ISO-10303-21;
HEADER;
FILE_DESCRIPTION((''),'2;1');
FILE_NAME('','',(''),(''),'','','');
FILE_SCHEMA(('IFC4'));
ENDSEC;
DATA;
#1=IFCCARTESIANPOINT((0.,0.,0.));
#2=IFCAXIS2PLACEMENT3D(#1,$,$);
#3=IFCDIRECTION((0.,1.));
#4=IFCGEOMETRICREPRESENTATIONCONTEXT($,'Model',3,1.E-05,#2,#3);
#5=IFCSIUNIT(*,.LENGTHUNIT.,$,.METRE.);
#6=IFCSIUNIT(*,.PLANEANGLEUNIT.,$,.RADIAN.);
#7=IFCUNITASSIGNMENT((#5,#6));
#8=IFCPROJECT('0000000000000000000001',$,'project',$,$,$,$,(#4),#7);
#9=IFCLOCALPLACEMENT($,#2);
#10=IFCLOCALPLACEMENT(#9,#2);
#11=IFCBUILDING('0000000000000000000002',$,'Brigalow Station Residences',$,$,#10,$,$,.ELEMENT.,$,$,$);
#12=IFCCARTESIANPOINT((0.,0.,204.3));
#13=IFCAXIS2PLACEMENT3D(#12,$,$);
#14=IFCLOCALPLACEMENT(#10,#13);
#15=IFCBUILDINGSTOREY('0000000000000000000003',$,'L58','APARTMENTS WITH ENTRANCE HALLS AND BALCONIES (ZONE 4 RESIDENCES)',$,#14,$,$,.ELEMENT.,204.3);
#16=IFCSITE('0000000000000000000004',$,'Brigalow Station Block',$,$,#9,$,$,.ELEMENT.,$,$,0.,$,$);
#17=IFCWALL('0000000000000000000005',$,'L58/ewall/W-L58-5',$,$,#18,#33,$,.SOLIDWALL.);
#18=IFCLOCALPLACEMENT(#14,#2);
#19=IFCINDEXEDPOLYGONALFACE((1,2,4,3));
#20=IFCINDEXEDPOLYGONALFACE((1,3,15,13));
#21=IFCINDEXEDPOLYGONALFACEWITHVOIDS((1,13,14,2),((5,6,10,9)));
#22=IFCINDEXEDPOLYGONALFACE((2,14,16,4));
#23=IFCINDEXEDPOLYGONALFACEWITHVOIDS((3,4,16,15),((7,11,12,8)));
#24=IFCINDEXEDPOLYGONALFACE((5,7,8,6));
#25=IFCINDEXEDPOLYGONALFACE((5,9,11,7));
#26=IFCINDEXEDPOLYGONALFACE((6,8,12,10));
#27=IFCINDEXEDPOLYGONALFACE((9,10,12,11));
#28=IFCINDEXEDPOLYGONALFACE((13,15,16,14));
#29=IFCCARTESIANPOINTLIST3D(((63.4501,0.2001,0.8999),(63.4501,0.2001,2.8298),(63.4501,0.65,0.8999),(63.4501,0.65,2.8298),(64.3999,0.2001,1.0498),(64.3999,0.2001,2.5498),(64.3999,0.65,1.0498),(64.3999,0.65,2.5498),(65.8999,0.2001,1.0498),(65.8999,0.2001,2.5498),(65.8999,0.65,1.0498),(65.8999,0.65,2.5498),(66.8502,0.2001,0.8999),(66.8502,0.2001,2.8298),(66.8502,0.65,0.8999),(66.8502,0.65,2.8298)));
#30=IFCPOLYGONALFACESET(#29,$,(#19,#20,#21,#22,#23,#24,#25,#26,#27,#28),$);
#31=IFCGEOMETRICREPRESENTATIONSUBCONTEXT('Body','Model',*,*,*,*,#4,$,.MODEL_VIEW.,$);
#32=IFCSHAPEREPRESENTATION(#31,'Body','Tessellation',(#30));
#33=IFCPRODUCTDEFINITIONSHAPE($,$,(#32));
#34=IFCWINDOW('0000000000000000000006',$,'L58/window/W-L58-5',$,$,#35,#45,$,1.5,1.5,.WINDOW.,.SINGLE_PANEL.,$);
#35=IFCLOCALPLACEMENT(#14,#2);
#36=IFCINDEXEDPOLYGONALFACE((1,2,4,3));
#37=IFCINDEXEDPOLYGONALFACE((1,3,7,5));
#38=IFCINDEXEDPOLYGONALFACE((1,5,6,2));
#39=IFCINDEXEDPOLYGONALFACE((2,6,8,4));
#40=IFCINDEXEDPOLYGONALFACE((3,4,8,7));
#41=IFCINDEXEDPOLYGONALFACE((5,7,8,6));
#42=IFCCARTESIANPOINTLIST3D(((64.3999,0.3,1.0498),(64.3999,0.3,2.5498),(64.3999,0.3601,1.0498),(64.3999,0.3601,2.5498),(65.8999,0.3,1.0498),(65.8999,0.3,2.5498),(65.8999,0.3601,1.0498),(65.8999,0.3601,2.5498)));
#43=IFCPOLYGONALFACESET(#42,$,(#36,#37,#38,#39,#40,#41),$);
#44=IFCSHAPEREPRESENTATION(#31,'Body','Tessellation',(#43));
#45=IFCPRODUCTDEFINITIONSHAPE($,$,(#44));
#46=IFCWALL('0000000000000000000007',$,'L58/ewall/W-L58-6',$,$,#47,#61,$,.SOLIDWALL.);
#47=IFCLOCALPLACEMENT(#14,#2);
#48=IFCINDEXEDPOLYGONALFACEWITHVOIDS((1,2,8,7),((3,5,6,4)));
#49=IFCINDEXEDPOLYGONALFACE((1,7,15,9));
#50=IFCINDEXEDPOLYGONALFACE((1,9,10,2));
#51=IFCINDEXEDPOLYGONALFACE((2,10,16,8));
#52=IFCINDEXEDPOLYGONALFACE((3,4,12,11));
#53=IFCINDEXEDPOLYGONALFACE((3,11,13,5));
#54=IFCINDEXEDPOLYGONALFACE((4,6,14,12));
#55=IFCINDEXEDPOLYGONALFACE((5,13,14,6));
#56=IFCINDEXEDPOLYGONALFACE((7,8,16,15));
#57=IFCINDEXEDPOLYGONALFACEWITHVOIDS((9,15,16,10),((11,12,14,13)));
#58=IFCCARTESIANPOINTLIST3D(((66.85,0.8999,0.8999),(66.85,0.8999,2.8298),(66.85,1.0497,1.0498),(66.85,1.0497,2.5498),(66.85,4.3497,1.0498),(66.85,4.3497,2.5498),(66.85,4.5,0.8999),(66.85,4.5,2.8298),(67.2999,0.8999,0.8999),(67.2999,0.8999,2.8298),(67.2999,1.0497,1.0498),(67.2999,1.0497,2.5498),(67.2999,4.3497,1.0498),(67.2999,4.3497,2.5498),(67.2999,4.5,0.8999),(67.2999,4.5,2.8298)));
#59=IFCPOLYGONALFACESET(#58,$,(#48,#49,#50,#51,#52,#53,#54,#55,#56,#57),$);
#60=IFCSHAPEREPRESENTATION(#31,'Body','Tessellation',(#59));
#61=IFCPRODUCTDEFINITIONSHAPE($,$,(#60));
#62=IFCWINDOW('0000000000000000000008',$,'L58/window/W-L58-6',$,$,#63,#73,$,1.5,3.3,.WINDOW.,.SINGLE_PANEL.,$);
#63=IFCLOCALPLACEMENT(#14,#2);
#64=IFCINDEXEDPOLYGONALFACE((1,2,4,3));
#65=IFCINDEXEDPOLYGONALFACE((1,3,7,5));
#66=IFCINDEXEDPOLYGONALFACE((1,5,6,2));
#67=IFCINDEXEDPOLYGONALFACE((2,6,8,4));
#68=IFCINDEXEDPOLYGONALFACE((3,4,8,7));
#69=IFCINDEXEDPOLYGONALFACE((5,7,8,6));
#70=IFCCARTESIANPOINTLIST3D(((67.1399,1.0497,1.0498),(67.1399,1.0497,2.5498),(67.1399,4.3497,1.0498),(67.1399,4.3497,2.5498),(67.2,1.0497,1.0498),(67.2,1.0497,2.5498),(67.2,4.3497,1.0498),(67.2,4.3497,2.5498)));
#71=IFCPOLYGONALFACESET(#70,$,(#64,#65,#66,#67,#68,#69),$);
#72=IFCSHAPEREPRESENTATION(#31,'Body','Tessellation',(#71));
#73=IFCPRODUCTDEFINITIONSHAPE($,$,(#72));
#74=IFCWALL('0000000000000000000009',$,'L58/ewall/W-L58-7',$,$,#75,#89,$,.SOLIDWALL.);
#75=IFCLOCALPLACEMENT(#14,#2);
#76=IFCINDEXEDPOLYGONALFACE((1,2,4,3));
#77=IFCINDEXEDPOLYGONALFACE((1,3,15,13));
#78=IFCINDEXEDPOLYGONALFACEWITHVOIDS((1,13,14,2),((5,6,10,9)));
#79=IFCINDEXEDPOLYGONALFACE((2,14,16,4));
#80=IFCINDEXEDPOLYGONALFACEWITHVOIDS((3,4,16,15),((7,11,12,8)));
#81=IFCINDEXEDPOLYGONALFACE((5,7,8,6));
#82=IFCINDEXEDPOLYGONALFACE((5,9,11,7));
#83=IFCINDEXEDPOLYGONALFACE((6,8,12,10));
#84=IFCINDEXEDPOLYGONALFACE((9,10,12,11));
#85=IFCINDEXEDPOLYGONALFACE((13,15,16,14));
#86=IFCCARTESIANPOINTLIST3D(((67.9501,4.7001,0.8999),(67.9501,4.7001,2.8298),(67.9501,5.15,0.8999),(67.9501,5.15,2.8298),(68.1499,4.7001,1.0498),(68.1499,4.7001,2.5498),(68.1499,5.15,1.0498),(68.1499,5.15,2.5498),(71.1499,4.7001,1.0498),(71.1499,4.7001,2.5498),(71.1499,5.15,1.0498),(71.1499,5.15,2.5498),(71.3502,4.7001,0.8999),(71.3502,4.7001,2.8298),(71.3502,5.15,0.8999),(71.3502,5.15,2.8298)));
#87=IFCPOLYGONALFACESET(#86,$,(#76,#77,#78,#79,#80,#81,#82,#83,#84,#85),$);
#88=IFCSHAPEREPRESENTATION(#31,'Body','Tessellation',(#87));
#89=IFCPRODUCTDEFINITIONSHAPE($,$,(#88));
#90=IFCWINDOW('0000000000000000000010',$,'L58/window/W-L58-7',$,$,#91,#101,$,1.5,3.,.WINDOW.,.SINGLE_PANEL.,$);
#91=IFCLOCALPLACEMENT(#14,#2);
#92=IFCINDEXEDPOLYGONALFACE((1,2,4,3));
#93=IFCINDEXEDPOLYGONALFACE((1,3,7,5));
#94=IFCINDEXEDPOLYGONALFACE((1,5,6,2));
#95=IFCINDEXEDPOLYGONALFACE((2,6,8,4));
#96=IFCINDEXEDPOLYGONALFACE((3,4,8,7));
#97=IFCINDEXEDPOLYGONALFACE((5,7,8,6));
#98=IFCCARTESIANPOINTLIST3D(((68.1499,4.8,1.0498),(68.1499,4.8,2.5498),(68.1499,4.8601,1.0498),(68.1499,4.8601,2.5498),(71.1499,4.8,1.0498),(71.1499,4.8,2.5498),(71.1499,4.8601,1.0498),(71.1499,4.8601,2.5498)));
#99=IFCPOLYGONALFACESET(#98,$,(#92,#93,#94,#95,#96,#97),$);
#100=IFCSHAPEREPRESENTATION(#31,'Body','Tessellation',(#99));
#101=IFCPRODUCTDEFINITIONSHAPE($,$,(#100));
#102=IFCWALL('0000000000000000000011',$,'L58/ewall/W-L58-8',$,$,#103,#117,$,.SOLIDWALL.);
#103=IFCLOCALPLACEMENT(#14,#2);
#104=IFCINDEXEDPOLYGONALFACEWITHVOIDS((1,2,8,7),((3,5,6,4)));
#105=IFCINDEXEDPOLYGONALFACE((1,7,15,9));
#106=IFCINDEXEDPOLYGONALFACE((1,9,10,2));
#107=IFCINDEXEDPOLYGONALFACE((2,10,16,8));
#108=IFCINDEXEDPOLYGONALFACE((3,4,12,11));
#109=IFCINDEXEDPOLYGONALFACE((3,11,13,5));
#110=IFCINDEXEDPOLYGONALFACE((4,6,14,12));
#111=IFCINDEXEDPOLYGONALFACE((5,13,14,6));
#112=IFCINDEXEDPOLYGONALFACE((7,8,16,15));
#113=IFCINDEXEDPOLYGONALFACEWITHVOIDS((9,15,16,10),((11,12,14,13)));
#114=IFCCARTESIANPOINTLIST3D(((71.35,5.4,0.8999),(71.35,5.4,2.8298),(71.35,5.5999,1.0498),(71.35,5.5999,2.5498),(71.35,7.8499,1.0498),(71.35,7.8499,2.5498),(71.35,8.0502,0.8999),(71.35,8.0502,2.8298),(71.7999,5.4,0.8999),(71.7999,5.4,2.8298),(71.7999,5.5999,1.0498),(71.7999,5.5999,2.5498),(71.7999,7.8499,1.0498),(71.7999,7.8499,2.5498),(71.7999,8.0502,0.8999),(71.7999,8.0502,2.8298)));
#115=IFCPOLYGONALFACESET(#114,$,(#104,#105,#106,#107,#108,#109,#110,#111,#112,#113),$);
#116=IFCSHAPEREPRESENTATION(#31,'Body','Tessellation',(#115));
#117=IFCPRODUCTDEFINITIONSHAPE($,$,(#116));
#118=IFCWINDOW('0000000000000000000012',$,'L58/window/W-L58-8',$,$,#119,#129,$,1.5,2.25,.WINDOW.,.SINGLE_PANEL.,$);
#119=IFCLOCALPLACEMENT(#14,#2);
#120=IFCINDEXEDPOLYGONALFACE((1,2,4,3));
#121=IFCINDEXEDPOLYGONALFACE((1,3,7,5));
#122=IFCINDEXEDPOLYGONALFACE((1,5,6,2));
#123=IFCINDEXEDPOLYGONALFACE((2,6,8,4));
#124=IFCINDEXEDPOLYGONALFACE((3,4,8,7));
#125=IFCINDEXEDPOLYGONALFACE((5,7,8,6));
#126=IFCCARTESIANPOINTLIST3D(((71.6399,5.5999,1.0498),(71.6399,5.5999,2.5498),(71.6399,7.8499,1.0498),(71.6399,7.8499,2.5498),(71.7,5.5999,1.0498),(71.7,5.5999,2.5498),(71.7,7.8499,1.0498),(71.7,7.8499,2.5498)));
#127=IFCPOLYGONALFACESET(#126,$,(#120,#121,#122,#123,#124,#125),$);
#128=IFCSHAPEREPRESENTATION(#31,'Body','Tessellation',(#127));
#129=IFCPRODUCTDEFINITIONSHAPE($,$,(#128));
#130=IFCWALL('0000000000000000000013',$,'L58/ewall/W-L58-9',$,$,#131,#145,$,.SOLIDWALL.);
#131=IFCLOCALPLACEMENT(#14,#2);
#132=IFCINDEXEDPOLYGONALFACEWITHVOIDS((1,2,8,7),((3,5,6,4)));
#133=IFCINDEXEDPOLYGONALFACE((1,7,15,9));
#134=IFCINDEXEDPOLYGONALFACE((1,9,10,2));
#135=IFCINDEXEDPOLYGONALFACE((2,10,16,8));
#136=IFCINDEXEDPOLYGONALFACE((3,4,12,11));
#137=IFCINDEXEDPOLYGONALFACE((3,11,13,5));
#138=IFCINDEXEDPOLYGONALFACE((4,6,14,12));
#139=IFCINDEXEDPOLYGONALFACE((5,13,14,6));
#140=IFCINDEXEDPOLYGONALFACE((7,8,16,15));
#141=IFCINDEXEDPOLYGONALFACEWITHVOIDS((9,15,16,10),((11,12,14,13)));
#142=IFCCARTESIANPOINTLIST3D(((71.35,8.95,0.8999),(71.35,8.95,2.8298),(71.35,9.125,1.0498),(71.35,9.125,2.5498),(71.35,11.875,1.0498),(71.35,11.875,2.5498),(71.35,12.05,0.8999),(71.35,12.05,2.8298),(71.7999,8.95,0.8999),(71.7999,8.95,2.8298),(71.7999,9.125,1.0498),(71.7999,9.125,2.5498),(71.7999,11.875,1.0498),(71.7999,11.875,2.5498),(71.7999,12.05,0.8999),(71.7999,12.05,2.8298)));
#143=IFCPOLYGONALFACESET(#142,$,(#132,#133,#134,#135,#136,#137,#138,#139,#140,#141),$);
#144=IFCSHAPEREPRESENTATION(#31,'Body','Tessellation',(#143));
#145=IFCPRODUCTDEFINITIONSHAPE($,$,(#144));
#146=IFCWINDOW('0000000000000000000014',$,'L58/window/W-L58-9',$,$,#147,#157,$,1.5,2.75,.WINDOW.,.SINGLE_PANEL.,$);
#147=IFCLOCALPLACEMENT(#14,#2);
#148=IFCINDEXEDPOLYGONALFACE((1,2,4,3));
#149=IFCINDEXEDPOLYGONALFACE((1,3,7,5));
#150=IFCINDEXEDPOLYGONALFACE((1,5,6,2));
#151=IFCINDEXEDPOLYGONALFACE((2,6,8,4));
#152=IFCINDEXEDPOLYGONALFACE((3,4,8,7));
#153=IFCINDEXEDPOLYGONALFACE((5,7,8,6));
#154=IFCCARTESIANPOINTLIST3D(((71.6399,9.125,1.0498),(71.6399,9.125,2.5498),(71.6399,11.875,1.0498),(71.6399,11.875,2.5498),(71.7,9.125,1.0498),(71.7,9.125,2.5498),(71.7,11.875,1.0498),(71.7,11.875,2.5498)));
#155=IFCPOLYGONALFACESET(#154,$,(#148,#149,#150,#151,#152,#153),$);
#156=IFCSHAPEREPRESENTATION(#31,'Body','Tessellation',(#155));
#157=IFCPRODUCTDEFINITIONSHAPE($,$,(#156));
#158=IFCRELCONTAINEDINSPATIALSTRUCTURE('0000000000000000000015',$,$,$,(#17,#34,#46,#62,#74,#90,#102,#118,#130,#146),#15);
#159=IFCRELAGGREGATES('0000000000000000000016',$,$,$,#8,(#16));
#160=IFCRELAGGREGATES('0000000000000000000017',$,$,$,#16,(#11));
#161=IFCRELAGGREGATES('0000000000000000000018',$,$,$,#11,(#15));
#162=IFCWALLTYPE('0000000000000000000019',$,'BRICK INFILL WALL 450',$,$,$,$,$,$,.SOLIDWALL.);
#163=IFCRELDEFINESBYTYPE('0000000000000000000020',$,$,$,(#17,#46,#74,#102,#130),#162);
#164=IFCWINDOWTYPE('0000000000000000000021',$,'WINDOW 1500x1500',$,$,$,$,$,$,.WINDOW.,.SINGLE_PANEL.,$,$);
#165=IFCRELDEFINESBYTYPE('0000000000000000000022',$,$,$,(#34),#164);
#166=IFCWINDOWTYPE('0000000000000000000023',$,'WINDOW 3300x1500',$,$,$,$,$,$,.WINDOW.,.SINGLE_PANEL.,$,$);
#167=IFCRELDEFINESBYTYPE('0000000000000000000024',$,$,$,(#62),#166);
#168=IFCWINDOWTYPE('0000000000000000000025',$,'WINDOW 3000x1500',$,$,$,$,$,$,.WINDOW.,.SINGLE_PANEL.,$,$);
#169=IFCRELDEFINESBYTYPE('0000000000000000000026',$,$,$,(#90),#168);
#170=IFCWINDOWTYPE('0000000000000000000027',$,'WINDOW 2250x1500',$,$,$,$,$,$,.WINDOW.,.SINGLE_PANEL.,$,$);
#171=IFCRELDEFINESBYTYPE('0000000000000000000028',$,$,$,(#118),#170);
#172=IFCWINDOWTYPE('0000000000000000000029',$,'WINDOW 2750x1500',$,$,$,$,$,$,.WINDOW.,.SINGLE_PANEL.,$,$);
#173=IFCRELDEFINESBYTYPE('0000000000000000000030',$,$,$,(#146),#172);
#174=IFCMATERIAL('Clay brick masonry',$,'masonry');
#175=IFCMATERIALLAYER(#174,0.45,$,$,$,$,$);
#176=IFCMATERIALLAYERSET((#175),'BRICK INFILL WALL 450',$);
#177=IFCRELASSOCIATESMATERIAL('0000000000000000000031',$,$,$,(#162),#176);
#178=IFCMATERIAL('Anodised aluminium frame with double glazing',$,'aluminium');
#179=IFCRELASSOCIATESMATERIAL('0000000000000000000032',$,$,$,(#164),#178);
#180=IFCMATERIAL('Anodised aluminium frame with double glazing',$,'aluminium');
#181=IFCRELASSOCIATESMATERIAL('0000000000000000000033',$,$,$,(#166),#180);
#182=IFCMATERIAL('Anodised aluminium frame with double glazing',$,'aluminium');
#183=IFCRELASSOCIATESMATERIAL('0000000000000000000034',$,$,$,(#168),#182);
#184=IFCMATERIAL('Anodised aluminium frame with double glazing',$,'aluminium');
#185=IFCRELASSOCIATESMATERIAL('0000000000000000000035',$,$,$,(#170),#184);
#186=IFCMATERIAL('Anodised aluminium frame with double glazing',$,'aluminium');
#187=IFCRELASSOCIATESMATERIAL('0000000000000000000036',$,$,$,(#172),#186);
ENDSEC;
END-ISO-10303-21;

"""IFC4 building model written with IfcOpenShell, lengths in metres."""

from ifc_helpers import new_model, si_unit, direction, frame, frame_2d, origin, place, context, subcontext, project, spatial, rectangle, extrude, material, layer, layer_set, type_object, element, fill, save


model = new_model("IFC4")

# Units and contexts
model_context = context("Model", 3, precision=1e-05, world=origin(), true_north=direction((0.0, 1.0)))
body_context = subcontext(model_context, "Body", "Model", "MODEL_VIEW")
ifc_project = project(units=[si_unit("LENGTHUNIT", "METRE"), si_unit("PLANEANGLEUNIT", "RADIAN")], contexts=[model_context])

# Site, building, storey
site_placement = place(None, origin())
site = spatial("IfcSite", under=ifc_project, at=site_placement, Name="Brigalow Station Block", CompositionType="ELEMENT", RefElevation=0.0)
building_placement = place(site_placement, origin())
building = spatial("IfcBuilding", under=site, at=building_placement, Name="Brigalow Station Residences", CompositionType="ELEMENT")
storey_placement = place(building_placement, frame((0.0, 0.0, 204.3)))
storey = spatial("IfcBuildingStorey", under=building, at=storey_placement, Name="L58", Description="APARTMENTS WITH ENTRANCE HALLS AND BALCONIES (ZONE 4 RESIDENCES)", CompositionType="ELEMENT", Elevation=204.3)

# Walls, openings, windows
ifc_material_1 = material(Name="Clay brick masonry", Category="masonry")
ifc_layer_1 = layer(ifc_material_1, 0.45)
ifc_layer_set_1 = layer_set([ifc_layer_1], Name="BRICK INFILL WALL 450")
wall_type_1 = type_object("IfcWallType", Name="BRICK INFILL WALL 450", PredefinedType="SOLIDWALL", material=ifc_layer_set_1)
ifc_material_2 = material(Name="Anodised aluminium frame with double glazing", Category="aluminium")
window_type_1 = type_object("IfcWindowType", Name="WINDOW 1500x1500", PartitioningType="SINGLE_PANEL", PredefinedType="WINDOW", material=ifc_material_2)
wall_1_placement = place(storey_placement, frame((63.45, 0.425, 0.8999), z_axis=(0.0, 0.0, 1.0), x_axis=(1.0, 0.0, 0.0)))
wall_1 = element("IfcWall", 1, at=wall_1_placement, inside=storey, type_object=wall_type_1, Name="L58/ewall/W-L58-5", PredefinedType="SOLIDWALL", context=body_context, shape_type="SweptSolid", body=[
    extrude(rectangle(XDim=3.4001, YDim=0.45, at=frame_2d((1.7002, 0.0))), origin(), (0.0, 0.0, 1.0), 1.9299),
])
opening_1_placement = place(wall_1_placement, frame((0.95, 0.0, 0.1499)))
opening_1 = element("IfcOpeningElement", 2, at=opening_1_placement, cuts=wall_1, PredefinedType="OPENING", context=body_context, shape_type="SweptSolid", body=[
    extrude(rectangle(XDim=1.5, YDim=1.5, at=frame_2d((0.75, 0.75))), frame((0.0, 0.2349, 0.0), z_axis=(0.0, -1.0, 0.0), x_axis=(1.0, 0.0, 0.0)), (0.0, 0.0, 1.0), 0.47),
])
window_1_placement = place(opening_1_placement, origin())
window_1 = element("IfcWindow", 3, at=window_1_placement, inside=storey, type_object=window_type_1, Name="L58/window/W-L58-5", OverallHeight=1.5, OverallWidth=1.5, PartitioningType="SINGLE_PANEL", PredefinedType="WINDOW", context=body_context, shape_type="SweptSolid", body=[
    extrude(rectangle(XDim=1.5, YDim=1.5, at=frame_2d((0.75, 0.75))), frame((0.0, -0.0649, 0.0), z_axis=(0.0, -1.0, 0.0), x_axis=(1.0, 0.0, 0.0)), (0.0, 0.0, 1.0), 0.0601),
])
fill(opening_1, window_1)
wall_2_placement = place(storey_placement, frame((67.075, 0.8999, 0.8999), z_axis=(0.0, 0.0, 1.0), x_axis=(0.0, 1.0, 0.0)))
wall_2 = element("IfcWall", 4, at=wall_2_placement, inside=storey, type_object=wall_type_1, Name="L58/ewall/W-L58-6", PredefinedType="SOLIDWALL", context=body_context, shape_type="SweptSolid", body=[
    extrude(rectangle(XDim=3.6001, YDim=0.45, at=frame_2d((1.8, 0.0))), origin(), (0.0, 0.0, 1.0), 1.9299),
])
opening_2_placement = place(wall_2_placement, frame((0.1499, 0.0, 0.1499)))
opening_2 = element("IfcOpeningElement", 5, at=opening_2_placement, cuts=wall_2, PredefinedType="OPENING", context=body_context, shape_type="SweptSolid", body=[
    extrude(rectangle(XDim=3.3, YDim=1.5, at=frame_2d((1.6499, 0.75))), frame((0.0, 0.2349, 0.0), z_axis=(0.0, -1.0, 0.0), x_axis=(1.0, 0.0, 0.0)), (0.0, 0.0, 1.0), 0.47),
])
ifc_material_3 = material(Name="Anodised aluminium frame with double glazing", Category="aluminium")
window_type_2 = type_object("IfcWindowType", Name="WINDOW 3300x1500", PartitioningType="SINGLE_PANEL", PredefinedType="WINDOW", material=ifc_material_3)
window_2_placement = place(opening_2_placement, origin())
window_2 = element("IfcWindow", 6, at=window_2_placement, inside=storey, type_object=window_type_2, Name="L58/window/W-L58-6", OverallHeight=1.5, OverallWidth=3.3, PartitioningType="SINGLE_PANEL", PredefinedType="WINDOW", context=body_context, shape_type="SweptSolid", body=[
    extrude(rectangle(XDim=3.3, YDim=1.5, at=frame_2d((1.6499, 0.75))), frame((0.0, -0.0649, 0.0), z_axis=(0.0, -1.0, 0.0), x_axis=(1.0, 0.0, 0.0)), (0.0, 0.0, 1.0), 0.0601),
])
fill(opening_2, window_2)
wall_3_placement = place(storey_placement, frame((67.95, 4.925, 0.8999), z_axis=(0.0, 0.0, 1.0), x_axis=(1.0, 0.0, 0.0)))
wall_3 = element("IfcWall", 7, at=wall_3_placement, inside=storey, type_object=wall_type_1, Name="L58/ewall/W-L58-7", PredefinedType="SOLIDWALL", context=body_context, shape_type="SweptSolid", body=[
    extrude(rectangle(XDim=3.4001, YDim=0.45, at=frame_2d((1.7002, 0.0))), origin(), (0.0, 0.0, 1.0), 1.9299),
])
opening_3_placement = place(wall_3_placement, frame((0.2, 0.0, 0.1499)))
opening_3 = element("IfcOpeningElement", 8, at=opening_3_placement, cuts=wall_3, PredefinedType="OPENING", context=body_context, shape_type="SweptSolid", body=[
    extrude(rectangle(XDim=3.0, YDim=1.5, at=frame_2d((1.5, 0.75))), frame((0.0, 0.2349, 0.0), z_axis=(0.0, -1.0, 0.0), x_axis=(1.0, 0.0, 0.0)), (0.0, 0.0, 1.0), 0.47),
])
ifc_material_4 = material(Name="Anodised aluminium frame with double glazing", Category="aluminium")
window_type_3 = type_object("IfcWindowType", Name="WINDOW 3000x1500", PartitioningType="SINGLE_PANEL", PredefinedType="WINDOW", material=ifc_material_4)
window_3_placement = place(opening_3_placement, origin())
window_3 = element("IfcWindow", 9, at=window_3_placement, inside=storey, type_object=window_type_3, Name="L58/window/W-L58-7", OverallHeight=1.5, OverallWidth=3.0, PartitioningType="SINGLE_PANEL", PredefinedType="WINDOW", context=body_context, shape_type="SweptSolid", body=[
    extrude(rectangle(XDim=3.0, YDim=1.5, at=frame_2d((1.5, 0.75))), frame((0.0, -0.0649, 0.0), z_axis=(0.0, -1.0, 0.0), x_axis=(1.0, 0.0, 0.0)), (0.0, 0.0, 1.0), 0.0601),
])
fill(opening_3, window_3)
wall_4_placement = place(storey_placement, frame((71.575, 5.3999, 0.8999), z_axis=(0.0, 0.0, 1.0), x_axis=(0.0, 1.0, 0.0)))
wall_4 = element("IfcWall", 10, at=wall_4_placement, inside=storey, type_object=wall_type_1, Name="L58/ewall/W-L58-8", PredefinedType="SOLIDWALL", context=body_context, shape_type="SweptSolid", body=[
    extrude(rectangle(XDim=2.6501, YDim=0.45, at=frame_2d((1.3252, 0.0))), origin(), (0.0, 0.0, 1.0), 1.9299),
])
opening_4_placement = place(wall_4_placement, frame((0.2, 0.0, 0.1499)))
opening_4 = element("IfcOpeningElement", 11, at=opening_4_placement, cuts=wall_4, PredefinedType="OPENING", context=body_context, shape_type="SweptSolid", body=[
    extrude(rectangle(XDim=2.25, YDim=1.5, at=frame_2d((1.125, 0.75))), frame((0.0, 0.2349, 0.0), z_axis=(0.0, -1.0, 0.0), x_axis=(1.0, 0.0, 0.0)), (0.0, 0.0, 1.0), 0.47),
])
ifc_material_5 = material(Name="Anodised aluminium frame with double glazing", Category="aluminium")
window_type_4 = type_object("IfcWindowType", Name="WINDOW 2250x1500", PartitioningType="SINGLE_PANEL", PredefinedType="WINDOW", material=ifc_material_5)
window_4_placement = place(opening_4_placement, origin())
window_4 = element("IfcWindow", 12, at=window_4_placement, inside=storey, type_object=window_type_4, Name="L58/window/W-L58-8", OverallHeight=1.5, OverallWidth=2.25, PartitioningType="SINGLE_PANEL", PredefinedType="WINDOW", context=body_context, shape_type="SweptSolid", body=[
    extrude(rectangle(XDim=2.25, YDim=1.5, at=frame_2d((1.125, 0.75))), frame((0.0, -0.0649, 0.0), z_axis=(0.0, -1.0, 0.0), x_axis=(1.0, 0.0, 0.0)), (0.0, 0.0, 1.0), 0.0601),
])
fill(opening_4, window_4)
wall_5_placement = place(storey_placement, frame((71.575, 8.95, 0.8999), z_axis=(0.0, 0.0, 1.0), x_axis=(0.0, 1.0, 0.0)))
wall_5 = element("IfcWall", 13, at=wall_5_placement, inside=storey, type_object=wall_type_1, Name="L58/ewall/W-L58-9", PredefinedType="SOLIDWALL", context=body_context, shape_type="SweptSolid", body=[
    extrude(rectangle(XDim=3.1001, YDim=0.45, at=frame_2d((1.55, 0.0))), origin(), (0.0, 0.0, 1.0), 1.9299),
])
opening_5_placement = place(wall_5_placement, frame((0.175, 0.0, 0.1499)))
opening_5 = element("IfcOpeningElement", 14, at=opening_5_placement, cuts=wall_5, PredefinedType="OPENING", context=body_context, shape_type="SweptSolid", body=[
    extrude(rectangle(XDim=2.75, YDim=1.5, at=frame_2d((1.375, 0.75))), frame((0.0, 0.2349, 0.0), z_axis=(0.0, -1.0, 0.0), x_axis=(1.0, 0.0, 0.0)), (0.0, 0.0, 1.0), 0.47),
])
ifc_material_6 = material(Name="Anodised aluminium frame with double glazing", Category="aluminium")
window_type_5 = type_object("IfcWindowType", Name="WINDOW 2750x1500", PartitioningType="SINGLE_PANEL", PredefinedType="WINDOW", material=ifc_material_6)
window_5_placement = place(opening_5_placement, origin())
window_5 = element("IfcWindow", 15, at=window_5_placement, inside=storey, type_object=window_type_5, Name="L58/window/W-L58-9", OverallHeight=1.5, OverallWidth=2.75, PartitioningType="SINGLE_PANEL", PredefinedType="WINDOW", context=body_context, shape_type="SweptSolid", body=[
    extrude(rectangle(XDim=2.75, YDim=1.5, at=frame_2d((1.375, 0.75))), frame((0.0, -0.0649, 0.0), z_axis=(0.0, -1.0, 0.0), x_axis=(1.0, 0.0, 0.0)), (0.0, 0.0, 1.0), 0.0601),
])
fill(opening_5, window_5)

save(model, "model.ifc")
